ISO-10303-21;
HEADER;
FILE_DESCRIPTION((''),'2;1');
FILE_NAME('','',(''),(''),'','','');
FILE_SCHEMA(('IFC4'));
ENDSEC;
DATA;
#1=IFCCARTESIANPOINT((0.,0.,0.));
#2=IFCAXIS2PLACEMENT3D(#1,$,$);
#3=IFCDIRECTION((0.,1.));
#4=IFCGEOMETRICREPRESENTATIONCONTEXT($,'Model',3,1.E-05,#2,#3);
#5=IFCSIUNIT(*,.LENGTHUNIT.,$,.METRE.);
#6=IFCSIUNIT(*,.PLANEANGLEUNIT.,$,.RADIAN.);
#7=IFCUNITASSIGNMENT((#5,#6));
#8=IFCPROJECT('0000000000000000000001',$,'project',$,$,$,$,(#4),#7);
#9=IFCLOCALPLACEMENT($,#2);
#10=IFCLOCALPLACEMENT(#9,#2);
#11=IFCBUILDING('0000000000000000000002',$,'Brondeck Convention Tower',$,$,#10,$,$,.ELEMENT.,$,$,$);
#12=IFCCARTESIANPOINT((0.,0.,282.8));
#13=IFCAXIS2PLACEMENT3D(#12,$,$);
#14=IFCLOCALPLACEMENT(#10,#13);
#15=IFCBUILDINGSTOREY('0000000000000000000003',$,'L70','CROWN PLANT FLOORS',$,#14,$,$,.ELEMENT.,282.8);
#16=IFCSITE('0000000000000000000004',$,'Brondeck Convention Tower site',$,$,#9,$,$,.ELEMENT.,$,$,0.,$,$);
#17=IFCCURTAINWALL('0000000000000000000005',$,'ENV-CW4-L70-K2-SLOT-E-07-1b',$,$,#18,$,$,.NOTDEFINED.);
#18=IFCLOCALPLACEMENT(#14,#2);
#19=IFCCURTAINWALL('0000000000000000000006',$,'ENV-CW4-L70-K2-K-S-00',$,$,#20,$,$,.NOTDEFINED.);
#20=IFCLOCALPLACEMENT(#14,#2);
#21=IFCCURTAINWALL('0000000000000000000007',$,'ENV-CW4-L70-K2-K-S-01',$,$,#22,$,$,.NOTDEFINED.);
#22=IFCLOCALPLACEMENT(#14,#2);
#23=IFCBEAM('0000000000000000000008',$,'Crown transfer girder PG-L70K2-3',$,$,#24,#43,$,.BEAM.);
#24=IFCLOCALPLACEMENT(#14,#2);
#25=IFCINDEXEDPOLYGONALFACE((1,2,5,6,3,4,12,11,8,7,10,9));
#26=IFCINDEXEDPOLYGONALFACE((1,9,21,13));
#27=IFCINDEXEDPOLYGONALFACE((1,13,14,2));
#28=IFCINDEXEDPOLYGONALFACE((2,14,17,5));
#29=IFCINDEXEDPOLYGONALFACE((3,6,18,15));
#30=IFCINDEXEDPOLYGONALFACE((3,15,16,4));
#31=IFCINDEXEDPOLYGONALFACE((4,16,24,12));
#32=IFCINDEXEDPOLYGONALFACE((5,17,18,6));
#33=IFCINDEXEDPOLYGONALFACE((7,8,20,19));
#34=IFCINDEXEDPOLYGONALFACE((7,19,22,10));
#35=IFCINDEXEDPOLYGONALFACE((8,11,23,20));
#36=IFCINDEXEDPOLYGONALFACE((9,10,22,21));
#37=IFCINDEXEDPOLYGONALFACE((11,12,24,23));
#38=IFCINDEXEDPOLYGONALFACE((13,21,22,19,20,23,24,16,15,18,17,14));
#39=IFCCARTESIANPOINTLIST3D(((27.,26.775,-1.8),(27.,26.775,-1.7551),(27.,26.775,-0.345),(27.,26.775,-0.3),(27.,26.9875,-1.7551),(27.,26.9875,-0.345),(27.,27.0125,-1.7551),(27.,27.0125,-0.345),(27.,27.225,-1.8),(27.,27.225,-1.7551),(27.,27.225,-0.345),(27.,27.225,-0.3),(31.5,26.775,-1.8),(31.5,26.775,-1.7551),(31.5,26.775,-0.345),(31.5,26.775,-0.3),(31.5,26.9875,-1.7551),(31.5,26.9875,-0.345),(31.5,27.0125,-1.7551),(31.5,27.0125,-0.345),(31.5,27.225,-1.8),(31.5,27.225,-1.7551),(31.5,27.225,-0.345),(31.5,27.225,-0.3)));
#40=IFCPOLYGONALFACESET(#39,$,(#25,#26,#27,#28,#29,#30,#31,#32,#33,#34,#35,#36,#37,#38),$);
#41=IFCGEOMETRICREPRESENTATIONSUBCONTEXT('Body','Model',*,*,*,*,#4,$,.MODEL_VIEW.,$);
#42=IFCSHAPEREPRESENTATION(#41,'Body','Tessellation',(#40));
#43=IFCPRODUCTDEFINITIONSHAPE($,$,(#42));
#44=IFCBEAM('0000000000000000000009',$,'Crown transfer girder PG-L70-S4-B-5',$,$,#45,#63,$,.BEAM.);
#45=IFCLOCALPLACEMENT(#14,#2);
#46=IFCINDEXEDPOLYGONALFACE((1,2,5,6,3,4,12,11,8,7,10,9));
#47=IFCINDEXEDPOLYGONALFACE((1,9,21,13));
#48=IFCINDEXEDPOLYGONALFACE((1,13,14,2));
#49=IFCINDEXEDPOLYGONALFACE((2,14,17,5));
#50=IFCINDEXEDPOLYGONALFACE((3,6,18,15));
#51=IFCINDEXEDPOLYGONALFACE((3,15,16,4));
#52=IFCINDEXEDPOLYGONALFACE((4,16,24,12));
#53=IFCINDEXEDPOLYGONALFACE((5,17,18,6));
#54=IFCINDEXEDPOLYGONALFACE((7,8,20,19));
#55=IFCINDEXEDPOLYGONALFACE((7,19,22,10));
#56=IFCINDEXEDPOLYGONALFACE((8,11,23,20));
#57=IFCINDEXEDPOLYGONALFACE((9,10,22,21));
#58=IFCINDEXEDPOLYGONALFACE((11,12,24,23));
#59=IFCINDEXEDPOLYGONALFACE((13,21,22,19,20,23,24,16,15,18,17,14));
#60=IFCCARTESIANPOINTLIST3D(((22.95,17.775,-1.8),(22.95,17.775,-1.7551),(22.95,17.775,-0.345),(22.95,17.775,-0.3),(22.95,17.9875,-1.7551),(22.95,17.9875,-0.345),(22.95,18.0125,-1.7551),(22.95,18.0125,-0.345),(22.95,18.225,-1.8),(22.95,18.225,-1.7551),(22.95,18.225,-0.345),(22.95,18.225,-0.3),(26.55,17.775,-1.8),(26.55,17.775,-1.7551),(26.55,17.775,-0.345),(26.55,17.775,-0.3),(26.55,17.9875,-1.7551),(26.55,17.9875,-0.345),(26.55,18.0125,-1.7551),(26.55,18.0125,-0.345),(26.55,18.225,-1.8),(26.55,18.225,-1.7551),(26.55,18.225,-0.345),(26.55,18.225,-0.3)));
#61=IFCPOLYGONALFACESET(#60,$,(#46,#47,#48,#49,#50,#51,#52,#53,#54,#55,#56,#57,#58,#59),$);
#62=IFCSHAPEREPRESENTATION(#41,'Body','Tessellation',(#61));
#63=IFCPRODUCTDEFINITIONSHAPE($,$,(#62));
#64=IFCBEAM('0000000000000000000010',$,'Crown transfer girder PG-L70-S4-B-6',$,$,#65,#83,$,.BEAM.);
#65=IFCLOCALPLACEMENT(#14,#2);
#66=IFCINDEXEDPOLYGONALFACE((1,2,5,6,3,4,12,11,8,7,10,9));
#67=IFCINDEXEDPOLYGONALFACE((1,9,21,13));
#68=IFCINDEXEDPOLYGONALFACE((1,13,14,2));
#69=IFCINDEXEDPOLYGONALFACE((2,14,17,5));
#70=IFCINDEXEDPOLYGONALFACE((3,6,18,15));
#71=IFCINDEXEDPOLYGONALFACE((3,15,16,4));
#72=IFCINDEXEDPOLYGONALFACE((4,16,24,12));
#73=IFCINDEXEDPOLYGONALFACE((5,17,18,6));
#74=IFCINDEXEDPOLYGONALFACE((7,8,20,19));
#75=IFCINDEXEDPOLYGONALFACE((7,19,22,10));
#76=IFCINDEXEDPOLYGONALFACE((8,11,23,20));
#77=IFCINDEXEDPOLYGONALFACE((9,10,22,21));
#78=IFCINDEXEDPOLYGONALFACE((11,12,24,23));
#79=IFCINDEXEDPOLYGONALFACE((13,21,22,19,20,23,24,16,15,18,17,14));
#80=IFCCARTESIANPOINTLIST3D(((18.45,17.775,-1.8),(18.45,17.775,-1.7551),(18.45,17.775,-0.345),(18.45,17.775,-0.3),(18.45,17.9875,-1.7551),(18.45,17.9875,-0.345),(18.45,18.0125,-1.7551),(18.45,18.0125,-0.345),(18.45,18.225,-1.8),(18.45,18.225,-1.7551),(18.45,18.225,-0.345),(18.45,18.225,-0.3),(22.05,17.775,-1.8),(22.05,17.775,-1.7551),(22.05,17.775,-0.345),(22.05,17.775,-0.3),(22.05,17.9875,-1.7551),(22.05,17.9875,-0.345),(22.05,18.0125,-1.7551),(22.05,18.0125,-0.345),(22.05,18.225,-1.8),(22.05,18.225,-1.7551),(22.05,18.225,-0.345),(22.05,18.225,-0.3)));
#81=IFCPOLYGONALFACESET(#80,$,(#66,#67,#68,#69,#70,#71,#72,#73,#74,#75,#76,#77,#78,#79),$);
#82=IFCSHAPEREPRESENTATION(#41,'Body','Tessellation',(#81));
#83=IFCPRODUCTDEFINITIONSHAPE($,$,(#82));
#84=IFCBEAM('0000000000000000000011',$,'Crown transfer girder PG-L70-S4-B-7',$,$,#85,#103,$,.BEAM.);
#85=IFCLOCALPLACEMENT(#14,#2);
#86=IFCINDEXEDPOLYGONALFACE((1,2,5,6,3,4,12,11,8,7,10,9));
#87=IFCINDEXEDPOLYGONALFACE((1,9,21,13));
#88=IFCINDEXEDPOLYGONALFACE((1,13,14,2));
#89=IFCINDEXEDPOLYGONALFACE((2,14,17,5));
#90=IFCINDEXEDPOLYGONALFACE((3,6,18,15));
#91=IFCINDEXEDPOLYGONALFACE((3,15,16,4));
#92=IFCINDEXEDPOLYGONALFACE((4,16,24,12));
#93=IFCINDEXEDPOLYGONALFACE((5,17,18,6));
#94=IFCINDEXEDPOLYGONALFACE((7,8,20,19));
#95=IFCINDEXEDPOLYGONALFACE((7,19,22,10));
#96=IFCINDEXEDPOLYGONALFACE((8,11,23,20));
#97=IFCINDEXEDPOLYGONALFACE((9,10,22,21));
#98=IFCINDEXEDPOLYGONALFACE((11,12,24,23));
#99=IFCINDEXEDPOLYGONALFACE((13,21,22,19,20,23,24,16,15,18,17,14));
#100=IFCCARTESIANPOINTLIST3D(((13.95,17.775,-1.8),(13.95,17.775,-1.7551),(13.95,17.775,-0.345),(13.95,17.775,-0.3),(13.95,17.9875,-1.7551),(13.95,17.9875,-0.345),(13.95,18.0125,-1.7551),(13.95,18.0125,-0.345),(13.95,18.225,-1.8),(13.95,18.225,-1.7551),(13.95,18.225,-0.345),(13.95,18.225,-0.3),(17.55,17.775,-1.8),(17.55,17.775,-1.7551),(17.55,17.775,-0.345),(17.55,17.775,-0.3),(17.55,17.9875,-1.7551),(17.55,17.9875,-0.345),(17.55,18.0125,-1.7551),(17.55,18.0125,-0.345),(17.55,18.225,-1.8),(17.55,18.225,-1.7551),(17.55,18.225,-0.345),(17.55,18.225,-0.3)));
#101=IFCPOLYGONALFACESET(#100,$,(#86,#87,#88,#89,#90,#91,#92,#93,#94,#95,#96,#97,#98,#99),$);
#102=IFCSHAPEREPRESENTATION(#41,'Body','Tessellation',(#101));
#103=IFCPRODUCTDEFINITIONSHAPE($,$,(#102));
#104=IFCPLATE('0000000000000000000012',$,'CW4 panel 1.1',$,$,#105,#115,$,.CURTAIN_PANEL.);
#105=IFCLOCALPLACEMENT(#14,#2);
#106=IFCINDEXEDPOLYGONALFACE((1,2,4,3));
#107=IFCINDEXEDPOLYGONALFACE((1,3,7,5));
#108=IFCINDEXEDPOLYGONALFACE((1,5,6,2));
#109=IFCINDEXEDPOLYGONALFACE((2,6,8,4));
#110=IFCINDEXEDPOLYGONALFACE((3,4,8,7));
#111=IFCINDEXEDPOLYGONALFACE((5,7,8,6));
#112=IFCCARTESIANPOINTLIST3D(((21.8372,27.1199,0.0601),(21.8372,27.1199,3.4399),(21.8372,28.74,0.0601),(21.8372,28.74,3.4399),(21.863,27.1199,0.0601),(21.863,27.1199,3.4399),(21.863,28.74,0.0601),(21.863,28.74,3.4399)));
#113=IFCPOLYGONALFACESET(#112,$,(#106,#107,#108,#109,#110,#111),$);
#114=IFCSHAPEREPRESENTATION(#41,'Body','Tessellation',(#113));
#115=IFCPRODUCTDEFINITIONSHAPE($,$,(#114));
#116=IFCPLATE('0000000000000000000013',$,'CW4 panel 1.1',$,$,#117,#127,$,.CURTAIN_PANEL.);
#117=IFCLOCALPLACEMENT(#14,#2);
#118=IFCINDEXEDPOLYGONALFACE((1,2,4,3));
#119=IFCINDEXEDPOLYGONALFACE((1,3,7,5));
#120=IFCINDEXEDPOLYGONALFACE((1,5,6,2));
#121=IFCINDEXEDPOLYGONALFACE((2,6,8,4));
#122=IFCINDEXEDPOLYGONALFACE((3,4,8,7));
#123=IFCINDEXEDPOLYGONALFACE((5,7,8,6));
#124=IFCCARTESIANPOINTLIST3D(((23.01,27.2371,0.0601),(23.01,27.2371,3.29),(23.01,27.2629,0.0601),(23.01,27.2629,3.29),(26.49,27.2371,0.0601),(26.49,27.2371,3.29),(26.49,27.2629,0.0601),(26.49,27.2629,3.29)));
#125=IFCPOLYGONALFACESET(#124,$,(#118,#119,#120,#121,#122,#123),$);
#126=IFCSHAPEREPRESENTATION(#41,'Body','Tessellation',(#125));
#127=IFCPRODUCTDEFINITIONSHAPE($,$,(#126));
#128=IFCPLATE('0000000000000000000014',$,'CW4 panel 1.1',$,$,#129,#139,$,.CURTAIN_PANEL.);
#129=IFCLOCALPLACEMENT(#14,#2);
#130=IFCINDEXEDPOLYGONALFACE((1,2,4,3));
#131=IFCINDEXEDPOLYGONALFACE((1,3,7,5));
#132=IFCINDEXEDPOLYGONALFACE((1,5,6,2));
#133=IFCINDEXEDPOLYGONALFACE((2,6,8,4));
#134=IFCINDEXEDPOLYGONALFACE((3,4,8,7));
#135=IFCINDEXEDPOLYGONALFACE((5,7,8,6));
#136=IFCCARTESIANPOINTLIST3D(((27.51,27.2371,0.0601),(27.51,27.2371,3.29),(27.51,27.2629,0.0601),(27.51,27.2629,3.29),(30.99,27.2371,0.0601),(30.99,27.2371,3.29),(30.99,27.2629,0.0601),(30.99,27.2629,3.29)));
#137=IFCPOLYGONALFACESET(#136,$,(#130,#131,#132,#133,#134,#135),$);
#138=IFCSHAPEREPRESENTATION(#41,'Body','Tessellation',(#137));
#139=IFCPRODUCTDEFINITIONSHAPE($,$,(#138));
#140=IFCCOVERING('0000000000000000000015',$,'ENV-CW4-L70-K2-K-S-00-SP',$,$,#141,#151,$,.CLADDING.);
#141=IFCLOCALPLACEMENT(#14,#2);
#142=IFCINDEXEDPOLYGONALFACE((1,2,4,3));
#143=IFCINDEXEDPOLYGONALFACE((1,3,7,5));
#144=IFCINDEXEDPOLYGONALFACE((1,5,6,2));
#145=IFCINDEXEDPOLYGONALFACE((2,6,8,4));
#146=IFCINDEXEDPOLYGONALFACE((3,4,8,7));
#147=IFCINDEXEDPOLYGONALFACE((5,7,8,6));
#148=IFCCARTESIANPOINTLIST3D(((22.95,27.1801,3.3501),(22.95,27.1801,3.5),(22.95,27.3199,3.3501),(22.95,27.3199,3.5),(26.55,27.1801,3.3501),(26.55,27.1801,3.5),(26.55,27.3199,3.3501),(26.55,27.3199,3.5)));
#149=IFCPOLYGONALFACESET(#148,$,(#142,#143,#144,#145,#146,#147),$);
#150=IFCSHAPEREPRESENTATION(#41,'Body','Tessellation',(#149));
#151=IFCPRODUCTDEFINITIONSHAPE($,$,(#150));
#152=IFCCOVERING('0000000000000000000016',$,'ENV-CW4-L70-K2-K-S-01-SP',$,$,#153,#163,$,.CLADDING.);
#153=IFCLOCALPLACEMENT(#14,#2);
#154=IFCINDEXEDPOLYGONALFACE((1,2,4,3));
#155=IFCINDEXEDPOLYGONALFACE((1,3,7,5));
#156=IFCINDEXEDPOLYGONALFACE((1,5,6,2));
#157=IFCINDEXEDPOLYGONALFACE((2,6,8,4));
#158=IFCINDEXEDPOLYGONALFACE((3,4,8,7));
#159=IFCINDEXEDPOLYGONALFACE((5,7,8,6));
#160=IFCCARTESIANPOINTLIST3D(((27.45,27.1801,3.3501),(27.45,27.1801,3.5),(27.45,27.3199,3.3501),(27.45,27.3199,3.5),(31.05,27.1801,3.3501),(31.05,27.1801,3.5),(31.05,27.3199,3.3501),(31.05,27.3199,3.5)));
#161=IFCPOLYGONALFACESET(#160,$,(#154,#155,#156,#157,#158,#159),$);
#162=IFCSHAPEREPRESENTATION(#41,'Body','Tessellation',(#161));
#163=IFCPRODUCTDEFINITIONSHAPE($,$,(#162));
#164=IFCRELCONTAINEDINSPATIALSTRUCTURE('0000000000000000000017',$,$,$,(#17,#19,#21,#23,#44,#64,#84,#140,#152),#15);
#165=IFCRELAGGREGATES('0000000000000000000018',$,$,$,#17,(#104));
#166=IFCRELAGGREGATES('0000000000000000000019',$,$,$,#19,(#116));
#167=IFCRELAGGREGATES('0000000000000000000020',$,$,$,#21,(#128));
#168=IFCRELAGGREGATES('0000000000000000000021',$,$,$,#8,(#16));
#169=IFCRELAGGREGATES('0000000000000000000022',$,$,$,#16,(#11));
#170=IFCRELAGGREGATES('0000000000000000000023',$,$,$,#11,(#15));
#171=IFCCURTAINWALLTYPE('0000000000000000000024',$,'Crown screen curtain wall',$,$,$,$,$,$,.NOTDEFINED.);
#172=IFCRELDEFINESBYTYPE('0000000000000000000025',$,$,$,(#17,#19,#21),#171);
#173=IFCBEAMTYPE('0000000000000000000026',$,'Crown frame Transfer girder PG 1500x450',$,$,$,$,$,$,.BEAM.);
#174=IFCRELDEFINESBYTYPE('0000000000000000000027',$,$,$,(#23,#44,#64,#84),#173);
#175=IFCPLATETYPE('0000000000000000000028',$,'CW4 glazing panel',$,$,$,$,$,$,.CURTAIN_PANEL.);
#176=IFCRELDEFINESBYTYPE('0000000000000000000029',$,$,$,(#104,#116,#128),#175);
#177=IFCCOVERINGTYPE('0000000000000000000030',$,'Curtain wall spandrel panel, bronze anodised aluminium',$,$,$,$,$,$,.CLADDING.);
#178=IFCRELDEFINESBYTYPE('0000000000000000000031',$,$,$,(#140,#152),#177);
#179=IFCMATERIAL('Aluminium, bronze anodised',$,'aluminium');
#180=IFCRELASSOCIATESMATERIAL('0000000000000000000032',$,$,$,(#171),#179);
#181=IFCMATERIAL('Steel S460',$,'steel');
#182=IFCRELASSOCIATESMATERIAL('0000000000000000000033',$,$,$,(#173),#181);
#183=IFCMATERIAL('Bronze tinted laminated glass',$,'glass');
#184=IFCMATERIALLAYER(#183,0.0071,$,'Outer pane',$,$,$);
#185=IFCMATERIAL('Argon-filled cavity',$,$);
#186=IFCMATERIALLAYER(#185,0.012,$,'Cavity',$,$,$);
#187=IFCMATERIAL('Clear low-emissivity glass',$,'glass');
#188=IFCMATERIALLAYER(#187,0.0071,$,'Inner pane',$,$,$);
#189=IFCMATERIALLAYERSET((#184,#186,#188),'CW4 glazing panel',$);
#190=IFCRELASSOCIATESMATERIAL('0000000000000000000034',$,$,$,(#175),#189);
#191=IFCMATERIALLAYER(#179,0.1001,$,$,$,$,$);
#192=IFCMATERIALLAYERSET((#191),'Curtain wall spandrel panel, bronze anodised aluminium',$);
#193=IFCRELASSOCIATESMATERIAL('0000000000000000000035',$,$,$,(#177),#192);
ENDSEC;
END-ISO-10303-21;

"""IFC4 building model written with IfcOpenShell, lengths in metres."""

from ifc_helpers import new_model, si_unit, direction, frame, origin, origin_2d, place, context, subcontext, project, spatial, rectangle, i_section, extrude, material, layer, layer_set, material_profile, profile_set, type_object, element, aggregate, save


model = new_model("IFC4")

# Units and contexts
model_context = context("Model", 3, precision=1e-05, world=origin(), true_north=direction((0.0, 1.0)))
body_context = subcontext(model_context, "Body", "Model", "MODEL_VIEW")
ifc_project = project(units=[si_unit("LENGTHUNIT", "METRE"), si_unit("PLANEANGLEUNIT", "RADIAN")], contexts=[model_context])

# Site, building, storey
site_placement = place(None, origin())
site = spatial("IfcSite", under=ifc_project, at=site_placement, Name="Brondeck Convention Tower site", CompositionType="ELEMENT", RefElevation=0.0)
building_placement = place(site_placement, origin())
building = spatial("IfcBuilding", under=site, at=building_placement, Name="Brondeck Convention Tower", CompositionType="ELEMENT")
storey_placement = place(building_placement, frame((0.0, 0.0, 282.8)))
storey = spatial("IfcBuildingStorey", under=building, at=storey_placement, Name="L70", Description="CROWN PLANT FLOORS", CompositionType="ELEMENT", Elevation=282.8)

# Curtain wall
ifc_material_1 = material(Name="Aluminium, bronze anodised", Category="aluminium")
curtain_wall_type = type_object("IfcCurtainWallType", Name="Crown screen curtain wall", PredefinedType="NOTDEFINED", material=ifc_material_1)
curtain_wall_1_placement = place(storey_placement, origin())
curtain_wall_1 = element("IfcCurtainWall", 1, at=curtain_wall_1_placement, inside=storey, type_object=curtain_wall_type, Name="ENV-CW4-L70-K2-SLOT-E-07-1b", PredefinedType="NOTDEFINED")

# Curtain wall
curtain_wall_2_placement = place(storey_placement, origin())
curtain_wall_2 = element("IfcCurtainWall", 2, at=curtain_wall_2_placement, inside=storey, type_object=curtain_wall_type, Name="ENV-CW4-L70-K2-K-S-00", PredefinedType="NOTDEFINED")

# Curtain wall
curtain_wall_3_placement = place(storey_placement, origin())
curtain_wall_3 = element("IfcCurtainWall", 3, at=curtain_wall_3_placement, inside=storey, type_object=curtain_wall_type, Name="ENV-CW4-L70-K2-K-S-01", PredefinedType="NOTDEFINED")

# Beams
ifc_material_2 = material(Name="Steel S460", Category="steel")
ifc_material_profile_1 = material_profile(ifc_material_2, i_section(OverallWidth=0.45, OverallDepth=1.5, WebThickness=0.0249, FlangeThickness=0.0449, at=origin_2d()), Name="PG 1500x450")
ifc_profile_set_1 = profile_set([ifc_material_profile_1], Name="Steel S460")
beam_type_1 = type_object("IfcBeamType", Name="Crown frame Transfer girder PG 1500x450", PredefinedType="BEAM", material=ifc_profile_set_1)
beam_1_placement = place(storey_placement, frame((27.0, 27.0, -1.05), z_axis=(1.0, 0.0, 0.0), x_axis=(0.0, 1.0, 0.0)))
element("IfcBeam", 4, at=beam_1_placement, inside=storey, type_object=beam_type_1, Name="Crown transfer girder PG-L70K2-3", PredefinedType="BEAM", context=body_context, shape_type="SweptSolid", body=[
    extrude(i_section(OverallWidth=0.45, OverallDepth=1.5, WebThickness=0.0249, FlangeThickness=0.0449, at=origin_2d()), origin(), (0.0, 0.0, 1.0), 4.5),
])
for number, where, z_axis, x_axis, name in (
    (5, (26.55, 18.0, -1.05), (-1.0, 0.0, 0.0), (0.0, -1.0, 0.0), "Crown transfer girder PG-L70-S4-B-5"),
    (6, (22.05, 18.0, -1.05), (-1.0, 0.0, 0.0), (0.0, -1.0, 0.0), "Crown transfer girder PG-L70-S4-B-6"),
    (7, (17.55, 18.0, -1.05), (-1.0, 0.0, 0.0), (0.0, -1.0, 0.0), "Crown transfer girder PG-L70-S4-B-7"),
):
    element("IfcBeam", number, at=place(storey_placement, frame(where, z_axis=z_axis, x_axis=x_axis)), inside=storey, type_object=beam_type_1, Name=name, PredefinedType="BEAM", context=body_context, shape_type="SweptSolid", body=[
        extrude(i_section(OverallWidth=0.45, OverallDepth=1.5, WebThickness=0.0249, FlangeThickness=0.0449, at=origin_2d()), origin(), (0.0, 0.0, 1.0), 3.6001),
    ])

# Plates
ifc_material_3 = material(Name="Bronze tinted laminated glass", Category="glass")
ifc_layer_1 = layer(ifc_material_3, 0.0071, Name="Outer pane")
ifc_material_4 = material(Name="Argon-filled cavity")
ifc_layer_2 = layer(ifc_material_4, 0.012, Name="Cavity")
ifc_material_5 = material(Name="Clear low-emissivity glass", Category="glass")
ifc_layer_3 = layer(ifc_material_5, 0.0071, Name="Inner pane")
ifc_layer_set_1 = layer_set([ifc_layer_1, ifc_layer_2, ifc_layer_3], Name="CW4 glazing panel")
plate_type = type_object("IfcPlateType", Name="CW4 glazing panel", PredefinedType="CURTAIN_PANEL", material=ifc_layer_set_1)
plate_1_placement = place(storey_placement, frame((21.8501, 27.9299, 0.0601), z_axis=(0.0, 0.0, 1.0), x_axis=(0.0, 1.0, 0.0)))
plate_1 = element("IfcPlate", 8, at=plate_1_placement, type_object=plate_type, Name="CW4 panel 1.1", PredefinedType="CURTAIN_PANEL", context=body_context, shape_type="SweptSolid", body=[
    extrude(rectangle(XDim=1.6201, YDim=0.0259, at=origin_2d()), origin(), (0.0, 0.0, 1.0), 3.3799),
])
aggregate(curtain_wall_1, [plate_1])
plate_2_placement = place(storey_placement, frame((24.75, 27.25, 0.0601), z_axis=(0.0, 0.0, 1.0), x_axis=(-1.0, 0.0, 0.0)))
plate_2 = element("IfcPlate", 9, at=plate_2_placement, type_object=plate_type, Name="CW4 panel 1.1", PredefinedType="CURTAIN_PANEL", context=body_context, shape_type="SweptSolid", body=[
    extrude(rectangle(XDim=3.48, YDim=0.0259, at=origin_2d()), origin(), (0.0, 0.0, 1.0), 3.23),
])
aggregate(curtain_wall_2, [plate_2])
plate_3_placement = place(storey_placement, frame((29.25, 27.25, 0.0601), z_axis=(0.0, 0.0, 1.0), x_axis=(-1.0, 0.0, 0.0)))
plate_3 = element("IfcPlate", 10, at=plate_3_placement, type_object=plate_type, Name="CW4 panel 1.1", PredefinedType="CURTAIN_PANEL", context=body_context, shape_type="SweptSolid", body=[
    extrude(rectangle(XDim=3.48, YDim=0.0259, at=origin_2d()), origin(), (0.0, 0.0, 1.0), 3.23),
])
aggregate(curtain_wall_3, [plate_3])

# Coverings
ifc_layer_4 = layer(ifc_material_1, 0.1001)
ifc_layer_set_2 = layer_set([ifc_layer_4], Name="Curtain wall spandrel panel, bronze anodised aluminium")
covering_type = type_object("IfcCoveringType", Name="Curtain wall spandrel panel, bronze anodised aluminium", PredefinedType="CLADDING", material=ifc_layer_set_2)
for number, where, z_axis, x_axis, name in (
    (11, (24.75, 27.25, 3.3501), (0.0, 0.0, 1.0), (-1.0, 0.0, 0.0), "ENV-CW4-L70-K2-K-S-00-SP"),
    (12, (29.25, 27.25, 3.3501), (0.0, 0.0, 1.0), (-1.0, 0.0, 0.0), "ENV-CW4-L70-K2-K-S-01-SP"),
):
    element("IfcCovering", number, at=place(storey_placement, frame(where, z_axis=z_axis, x_axis=x_axis)), inside=storey, type_object=covering_type, Name=name, PredefinedType="CLADDING", context=body_context, shape_type="SweptSolid", body=[
        extrude(rectangle(XDim=3.6001, YDim=0.1399, at=origin_2d()), origin(), (0.0, 0.0, 1.0), 0.1499),
    ])

save(model, "model.ifc")
